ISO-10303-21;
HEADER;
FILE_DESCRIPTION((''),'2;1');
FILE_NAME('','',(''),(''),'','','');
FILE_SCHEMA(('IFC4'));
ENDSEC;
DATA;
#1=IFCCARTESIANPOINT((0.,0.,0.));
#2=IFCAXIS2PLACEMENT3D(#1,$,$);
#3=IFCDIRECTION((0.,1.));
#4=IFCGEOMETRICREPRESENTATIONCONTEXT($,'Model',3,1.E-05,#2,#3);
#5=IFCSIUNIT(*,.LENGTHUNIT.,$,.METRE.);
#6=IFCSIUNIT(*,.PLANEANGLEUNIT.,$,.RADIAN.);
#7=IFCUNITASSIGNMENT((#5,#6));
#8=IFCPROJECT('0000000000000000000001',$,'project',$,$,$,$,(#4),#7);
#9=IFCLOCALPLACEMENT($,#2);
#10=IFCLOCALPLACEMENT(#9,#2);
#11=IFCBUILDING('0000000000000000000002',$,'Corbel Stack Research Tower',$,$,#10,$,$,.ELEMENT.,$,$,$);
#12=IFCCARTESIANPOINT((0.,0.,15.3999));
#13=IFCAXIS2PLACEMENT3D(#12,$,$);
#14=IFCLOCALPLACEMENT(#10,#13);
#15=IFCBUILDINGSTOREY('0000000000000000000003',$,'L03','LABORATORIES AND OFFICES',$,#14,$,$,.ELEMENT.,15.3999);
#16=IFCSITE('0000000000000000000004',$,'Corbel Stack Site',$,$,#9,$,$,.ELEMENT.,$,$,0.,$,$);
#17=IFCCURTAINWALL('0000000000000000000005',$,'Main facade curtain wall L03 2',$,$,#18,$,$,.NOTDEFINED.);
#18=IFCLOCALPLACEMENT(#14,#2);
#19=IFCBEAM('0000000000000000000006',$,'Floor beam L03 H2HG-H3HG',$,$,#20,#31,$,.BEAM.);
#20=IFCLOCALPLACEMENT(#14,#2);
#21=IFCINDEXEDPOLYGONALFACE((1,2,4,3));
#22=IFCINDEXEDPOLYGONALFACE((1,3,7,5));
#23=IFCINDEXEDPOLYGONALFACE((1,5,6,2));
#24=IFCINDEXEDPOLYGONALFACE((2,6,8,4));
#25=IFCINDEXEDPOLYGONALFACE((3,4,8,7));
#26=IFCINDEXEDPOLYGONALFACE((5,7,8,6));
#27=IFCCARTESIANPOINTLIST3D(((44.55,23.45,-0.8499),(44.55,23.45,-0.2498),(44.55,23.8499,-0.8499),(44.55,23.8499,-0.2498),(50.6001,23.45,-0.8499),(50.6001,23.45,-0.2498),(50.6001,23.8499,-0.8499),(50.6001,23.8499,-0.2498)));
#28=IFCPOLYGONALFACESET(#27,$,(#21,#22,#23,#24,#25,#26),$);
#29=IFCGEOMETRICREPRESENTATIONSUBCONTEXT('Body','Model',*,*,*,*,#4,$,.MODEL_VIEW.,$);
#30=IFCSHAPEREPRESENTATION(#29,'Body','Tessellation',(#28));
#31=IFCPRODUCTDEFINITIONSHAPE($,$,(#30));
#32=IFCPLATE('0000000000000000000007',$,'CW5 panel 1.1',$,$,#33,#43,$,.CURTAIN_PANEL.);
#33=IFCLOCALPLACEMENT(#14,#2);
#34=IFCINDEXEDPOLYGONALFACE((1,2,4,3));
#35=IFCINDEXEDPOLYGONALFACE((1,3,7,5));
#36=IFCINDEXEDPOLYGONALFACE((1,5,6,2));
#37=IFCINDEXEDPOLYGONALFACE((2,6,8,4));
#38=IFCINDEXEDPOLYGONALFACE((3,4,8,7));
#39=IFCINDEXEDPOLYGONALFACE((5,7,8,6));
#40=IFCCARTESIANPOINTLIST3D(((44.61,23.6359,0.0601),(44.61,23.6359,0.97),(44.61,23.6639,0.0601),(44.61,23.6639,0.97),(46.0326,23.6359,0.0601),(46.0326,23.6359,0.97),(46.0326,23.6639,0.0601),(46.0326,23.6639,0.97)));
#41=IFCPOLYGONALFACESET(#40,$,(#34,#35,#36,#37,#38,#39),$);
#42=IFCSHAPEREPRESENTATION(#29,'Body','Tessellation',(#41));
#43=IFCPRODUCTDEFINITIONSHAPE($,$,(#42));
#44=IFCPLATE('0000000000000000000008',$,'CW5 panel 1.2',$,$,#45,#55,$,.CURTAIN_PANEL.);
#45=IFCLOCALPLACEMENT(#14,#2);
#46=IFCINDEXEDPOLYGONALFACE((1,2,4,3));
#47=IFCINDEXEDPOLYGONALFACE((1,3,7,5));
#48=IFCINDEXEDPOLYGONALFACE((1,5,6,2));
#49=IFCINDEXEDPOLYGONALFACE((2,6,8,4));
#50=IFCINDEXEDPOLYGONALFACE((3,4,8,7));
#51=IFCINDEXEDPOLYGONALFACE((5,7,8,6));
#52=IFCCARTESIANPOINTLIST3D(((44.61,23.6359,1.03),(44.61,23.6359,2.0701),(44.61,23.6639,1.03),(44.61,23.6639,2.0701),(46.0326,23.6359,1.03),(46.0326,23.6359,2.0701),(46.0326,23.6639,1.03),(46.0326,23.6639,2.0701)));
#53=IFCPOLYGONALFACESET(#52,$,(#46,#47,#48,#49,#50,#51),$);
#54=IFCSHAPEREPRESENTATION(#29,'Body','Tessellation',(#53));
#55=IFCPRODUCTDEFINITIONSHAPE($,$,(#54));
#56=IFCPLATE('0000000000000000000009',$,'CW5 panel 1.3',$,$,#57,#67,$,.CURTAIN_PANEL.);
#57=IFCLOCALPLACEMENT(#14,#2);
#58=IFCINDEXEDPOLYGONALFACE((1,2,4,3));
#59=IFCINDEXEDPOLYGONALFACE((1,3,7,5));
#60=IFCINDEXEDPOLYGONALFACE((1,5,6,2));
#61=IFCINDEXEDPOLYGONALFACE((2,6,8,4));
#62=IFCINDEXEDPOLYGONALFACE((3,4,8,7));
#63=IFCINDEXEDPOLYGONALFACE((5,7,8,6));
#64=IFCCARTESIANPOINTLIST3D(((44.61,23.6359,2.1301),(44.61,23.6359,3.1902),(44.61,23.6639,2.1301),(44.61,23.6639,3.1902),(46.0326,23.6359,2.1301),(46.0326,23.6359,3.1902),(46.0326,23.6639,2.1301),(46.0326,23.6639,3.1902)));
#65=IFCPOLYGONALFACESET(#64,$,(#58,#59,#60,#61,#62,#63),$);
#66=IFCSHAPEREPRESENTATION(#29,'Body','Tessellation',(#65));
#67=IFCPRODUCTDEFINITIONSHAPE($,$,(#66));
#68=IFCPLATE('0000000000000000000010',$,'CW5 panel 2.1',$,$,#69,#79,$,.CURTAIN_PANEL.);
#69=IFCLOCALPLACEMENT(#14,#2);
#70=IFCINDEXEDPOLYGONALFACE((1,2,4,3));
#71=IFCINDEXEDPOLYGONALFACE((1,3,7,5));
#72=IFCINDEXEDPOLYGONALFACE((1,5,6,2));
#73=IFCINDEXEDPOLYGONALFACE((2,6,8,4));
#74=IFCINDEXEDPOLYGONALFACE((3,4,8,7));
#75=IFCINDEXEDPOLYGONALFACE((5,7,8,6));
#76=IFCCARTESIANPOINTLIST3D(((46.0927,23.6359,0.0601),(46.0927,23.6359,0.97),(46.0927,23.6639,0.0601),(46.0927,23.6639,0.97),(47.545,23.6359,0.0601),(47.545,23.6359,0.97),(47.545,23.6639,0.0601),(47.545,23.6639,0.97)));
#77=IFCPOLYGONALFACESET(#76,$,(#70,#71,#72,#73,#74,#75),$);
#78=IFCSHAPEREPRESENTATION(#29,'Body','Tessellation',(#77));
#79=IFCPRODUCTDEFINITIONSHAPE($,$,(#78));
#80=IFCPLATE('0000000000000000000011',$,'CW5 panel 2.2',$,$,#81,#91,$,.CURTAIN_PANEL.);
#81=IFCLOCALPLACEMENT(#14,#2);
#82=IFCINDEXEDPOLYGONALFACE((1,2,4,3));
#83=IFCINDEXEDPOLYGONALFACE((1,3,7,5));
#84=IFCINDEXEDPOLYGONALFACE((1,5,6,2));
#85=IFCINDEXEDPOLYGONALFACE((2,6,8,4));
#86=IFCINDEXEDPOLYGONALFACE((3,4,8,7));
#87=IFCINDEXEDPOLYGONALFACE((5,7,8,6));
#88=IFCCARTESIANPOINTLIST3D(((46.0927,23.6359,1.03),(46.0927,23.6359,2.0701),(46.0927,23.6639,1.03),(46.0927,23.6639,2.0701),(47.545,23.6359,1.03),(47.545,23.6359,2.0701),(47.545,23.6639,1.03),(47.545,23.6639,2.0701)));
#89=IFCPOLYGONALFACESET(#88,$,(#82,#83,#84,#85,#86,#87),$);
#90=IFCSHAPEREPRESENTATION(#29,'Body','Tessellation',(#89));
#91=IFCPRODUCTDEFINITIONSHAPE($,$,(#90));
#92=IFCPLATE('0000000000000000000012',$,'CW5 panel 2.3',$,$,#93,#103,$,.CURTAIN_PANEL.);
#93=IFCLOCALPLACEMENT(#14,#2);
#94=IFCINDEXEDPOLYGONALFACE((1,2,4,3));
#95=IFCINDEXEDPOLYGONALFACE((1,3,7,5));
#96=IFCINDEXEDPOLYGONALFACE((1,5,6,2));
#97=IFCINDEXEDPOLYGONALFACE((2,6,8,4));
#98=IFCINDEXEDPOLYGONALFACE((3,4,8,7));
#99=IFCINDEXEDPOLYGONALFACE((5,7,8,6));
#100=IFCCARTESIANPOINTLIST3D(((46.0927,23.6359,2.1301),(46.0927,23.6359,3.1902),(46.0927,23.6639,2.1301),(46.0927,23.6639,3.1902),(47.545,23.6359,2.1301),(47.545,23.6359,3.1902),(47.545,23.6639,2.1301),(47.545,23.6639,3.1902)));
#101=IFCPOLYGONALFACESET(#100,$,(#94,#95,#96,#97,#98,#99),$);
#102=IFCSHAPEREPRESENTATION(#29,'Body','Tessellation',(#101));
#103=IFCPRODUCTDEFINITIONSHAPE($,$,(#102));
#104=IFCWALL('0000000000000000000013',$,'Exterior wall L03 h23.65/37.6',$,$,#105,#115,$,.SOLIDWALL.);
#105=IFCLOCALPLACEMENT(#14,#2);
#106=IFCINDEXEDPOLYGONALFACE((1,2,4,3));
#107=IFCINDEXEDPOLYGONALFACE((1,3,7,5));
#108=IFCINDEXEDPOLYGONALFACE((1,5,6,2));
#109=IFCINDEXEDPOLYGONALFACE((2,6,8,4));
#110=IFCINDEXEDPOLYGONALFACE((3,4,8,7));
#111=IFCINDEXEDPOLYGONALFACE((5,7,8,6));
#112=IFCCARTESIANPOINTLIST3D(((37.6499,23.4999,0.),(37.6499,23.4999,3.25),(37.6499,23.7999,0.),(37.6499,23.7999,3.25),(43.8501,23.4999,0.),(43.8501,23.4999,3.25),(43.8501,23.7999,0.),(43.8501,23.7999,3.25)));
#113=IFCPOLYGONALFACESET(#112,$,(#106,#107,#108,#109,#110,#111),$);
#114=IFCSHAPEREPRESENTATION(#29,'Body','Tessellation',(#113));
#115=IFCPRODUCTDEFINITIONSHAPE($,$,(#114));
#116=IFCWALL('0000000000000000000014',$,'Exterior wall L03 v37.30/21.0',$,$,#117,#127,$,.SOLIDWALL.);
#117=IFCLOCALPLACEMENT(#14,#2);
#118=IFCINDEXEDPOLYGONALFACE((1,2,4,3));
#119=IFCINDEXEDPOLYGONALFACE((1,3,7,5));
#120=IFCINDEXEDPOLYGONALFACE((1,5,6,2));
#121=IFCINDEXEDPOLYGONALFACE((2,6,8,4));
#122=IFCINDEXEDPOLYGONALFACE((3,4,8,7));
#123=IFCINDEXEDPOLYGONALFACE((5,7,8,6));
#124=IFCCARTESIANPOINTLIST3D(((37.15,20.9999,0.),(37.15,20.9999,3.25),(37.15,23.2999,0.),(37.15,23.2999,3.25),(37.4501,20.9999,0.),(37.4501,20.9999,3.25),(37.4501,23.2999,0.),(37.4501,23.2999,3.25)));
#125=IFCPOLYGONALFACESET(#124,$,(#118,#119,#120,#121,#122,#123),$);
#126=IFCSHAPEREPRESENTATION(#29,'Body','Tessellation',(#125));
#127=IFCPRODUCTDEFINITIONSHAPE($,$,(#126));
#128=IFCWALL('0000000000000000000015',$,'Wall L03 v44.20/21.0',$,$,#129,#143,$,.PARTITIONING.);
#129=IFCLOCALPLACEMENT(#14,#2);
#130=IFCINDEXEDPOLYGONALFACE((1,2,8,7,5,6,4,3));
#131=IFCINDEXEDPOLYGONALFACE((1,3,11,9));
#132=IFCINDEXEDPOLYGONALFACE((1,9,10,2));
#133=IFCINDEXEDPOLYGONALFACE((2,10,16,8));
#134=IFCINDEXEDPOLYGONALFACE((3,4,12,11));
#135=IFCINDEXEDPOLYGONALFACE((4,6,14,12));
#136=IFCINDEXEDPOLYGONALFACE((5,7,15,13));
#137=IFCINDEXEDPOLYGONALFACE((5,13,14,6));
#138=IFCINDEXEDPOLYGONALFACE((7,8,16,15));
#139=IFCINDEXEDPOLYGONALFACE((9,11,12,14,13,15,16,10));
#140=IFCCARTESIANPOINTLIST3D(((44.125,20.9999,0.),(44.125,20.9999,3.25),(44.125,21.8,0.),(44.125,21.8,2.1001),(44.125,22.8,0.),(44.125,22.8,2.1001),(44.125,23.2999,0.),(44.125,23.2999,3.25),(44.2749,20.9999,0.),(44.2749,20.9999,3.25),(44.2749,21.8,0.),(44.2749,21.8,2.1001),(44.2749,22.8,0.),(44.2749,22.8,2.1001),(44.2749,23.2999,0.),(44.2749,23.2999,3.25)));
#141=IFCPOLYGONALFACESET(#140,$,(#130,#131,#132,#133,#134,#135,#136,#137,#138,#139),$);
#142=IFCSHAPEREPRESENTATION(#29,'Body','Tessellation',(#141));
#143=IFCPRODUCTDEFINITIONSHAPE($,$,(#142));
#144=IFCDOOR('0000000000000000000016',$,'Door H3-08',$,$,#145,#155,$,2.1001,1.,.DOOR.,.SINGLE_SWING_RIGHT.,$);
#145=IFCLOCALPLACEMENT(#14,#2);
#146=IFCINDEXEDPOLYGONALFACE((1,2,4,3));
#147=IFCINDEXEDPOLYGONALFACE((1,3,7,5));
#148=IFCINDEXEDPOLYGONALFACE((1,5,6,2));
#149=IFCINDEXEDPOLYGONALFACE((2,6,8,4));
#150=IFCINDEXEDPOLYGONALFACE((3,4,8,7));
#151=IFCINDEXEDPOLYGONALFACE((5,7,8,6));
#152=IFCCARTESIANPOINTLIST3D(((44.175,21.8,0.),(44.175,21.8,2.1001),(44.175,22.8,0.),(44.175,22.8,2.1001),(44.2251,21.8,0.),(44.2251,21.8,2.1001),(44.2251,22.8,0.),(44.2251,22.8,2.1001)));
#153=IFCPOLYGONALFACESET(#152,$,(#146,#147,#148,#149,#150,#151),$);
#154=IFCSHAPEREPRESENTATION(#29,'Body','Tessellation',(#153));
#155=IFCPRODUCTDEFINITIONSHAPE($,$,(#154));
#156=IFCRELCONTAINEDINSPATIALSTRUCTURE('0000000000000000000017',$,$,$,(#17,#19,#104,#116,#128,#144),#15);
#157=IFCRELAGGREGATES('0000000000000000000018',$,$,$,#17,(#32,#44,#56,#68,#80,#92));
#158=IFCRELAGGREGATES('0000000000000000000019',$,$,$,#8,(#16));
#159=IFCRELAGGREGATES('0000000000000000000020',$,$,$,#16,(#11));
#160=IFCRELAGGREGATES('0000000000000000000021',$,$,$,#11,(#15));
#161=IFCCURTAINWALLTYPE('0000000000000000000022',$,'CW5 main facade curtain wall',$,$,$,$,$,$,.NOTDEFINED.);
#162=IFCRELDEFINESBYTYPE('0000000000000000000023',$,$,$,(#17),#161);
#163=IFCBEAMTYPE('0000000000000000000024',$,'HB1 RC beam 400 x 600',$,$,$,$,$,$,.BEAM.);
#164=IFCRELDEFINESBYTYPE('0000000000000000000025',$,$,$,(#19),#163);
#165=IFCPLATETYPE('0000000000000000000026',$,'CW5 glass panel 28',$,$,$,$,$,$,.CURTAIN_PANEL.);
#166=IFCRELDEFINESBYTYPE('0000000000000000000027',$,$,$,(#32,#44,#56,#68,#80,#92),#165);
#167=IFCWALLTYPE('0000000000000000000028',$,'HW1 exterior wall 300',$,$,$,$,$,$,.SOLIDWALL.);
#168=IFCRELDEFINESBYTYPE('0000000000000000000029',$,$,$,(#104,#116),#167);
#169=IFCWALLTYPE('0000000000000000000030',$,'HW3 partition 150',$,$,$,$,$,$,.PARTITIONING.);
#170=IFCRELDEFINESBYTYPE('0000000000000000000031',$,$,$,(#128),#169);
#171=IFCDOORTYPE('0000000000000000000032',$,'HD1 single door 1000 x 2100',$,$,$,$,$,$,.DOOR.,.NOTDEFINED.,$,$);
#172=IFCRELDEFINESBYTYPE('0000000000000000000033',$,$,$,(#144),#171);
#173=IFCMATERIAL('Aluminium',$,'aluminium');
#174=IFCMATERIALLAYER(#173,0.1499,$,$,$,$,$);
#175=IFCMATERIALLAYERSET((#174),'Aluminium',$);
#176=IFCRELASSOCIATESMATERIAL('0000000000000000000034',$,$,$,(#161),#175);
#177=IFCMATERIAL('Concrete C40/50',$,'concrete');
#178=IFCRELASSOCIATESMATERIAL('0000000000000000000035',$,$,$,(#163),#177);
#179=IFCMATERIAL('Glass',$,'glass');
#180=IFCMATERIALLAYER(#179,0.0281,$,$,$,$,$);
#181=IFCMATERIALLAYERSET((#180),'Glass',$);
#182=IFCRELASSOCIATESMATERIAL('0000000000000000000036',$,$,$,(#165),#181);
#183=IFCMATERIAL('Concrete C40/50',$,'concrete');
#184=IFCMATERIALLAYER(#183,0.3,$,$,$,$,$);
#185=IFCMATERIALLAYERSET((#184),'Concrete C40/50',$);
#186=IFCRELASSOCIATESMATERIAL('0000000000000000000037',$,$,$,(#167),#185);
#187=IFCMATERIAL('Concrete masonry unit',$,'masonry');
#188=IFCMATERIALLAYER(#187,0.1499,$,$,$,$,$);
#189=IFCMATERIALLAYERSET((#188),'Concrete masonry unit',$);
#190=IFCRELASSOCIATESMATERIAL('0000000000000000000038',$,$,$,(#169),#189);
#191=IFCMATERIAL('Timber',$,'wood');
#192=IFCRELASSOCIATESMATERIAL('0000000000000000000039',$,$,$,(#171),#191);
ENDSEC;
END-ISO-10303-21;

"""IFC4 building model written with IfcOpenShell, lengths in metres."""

from ifc_helpers import new_model, si_unit, direction, frame, frame_2d, origin, origin_2d, place, context, subcontext, project, spatial, rectangle, extrude, material, layer, layer_set, material_profile, profile_set, type_object, element, fill, aggregate, save


model = new_model("IFC4")

# Units and contexts
model_context = context("Model", 3, precision=1e-05, world=origin(), true_north=direction((0.0, 1.0)))
body_context = subcontext(model_context, "Body", "Model", "MODEL_VIEW")
ifc_project = project(units=[si_unit("LENGTHUNIT", "METRE"), si_unit("PLANEANGLEUNIT", "RADIAN")], contexts=[model_context])

# Site, building, storey
site_placement = place(None, origin())
site = spatial("IfcSite", under=ifc_project, at=site_placement, Name="Corbel Stack Site", CompositionType="ELEMENT", RefElevation=0.0)
building_placement = place(site_placement, origin())
building = spatial("IfcBuilding", under=site, at=building_placement, Name="Corbel Stack Research Tower", CompositionType="ELEMENT")
storey_placement = place(building_placement, frame((0.0, 0.0, 15.3999)))
storey = spatial("IfcBuildingStorey", under=building, at=storey_placement, Name="L03", Description="LABORATORIES AND OFFICES", CompositionType="ELEMENT", Elevation=15.3999)

# Curtain wall
ifc_material_1 = material(Name="Aluminium", Category="aluminium")
ifc_layer_1 = layer(ifc_material_1, 0.1499)
ifc_layer_set_1 = layer_set([ifc_layer_1], Name="Aluminium")
curtain_wall_type = type_object("IfcCurtainWallType", Name="CW5 main facade curtain wall", PredefinedType="NOTDEFINED", material=ifc_layer_set_1)
curtain_wall_placement = place(storey_placement, origin())
curtain_wall = element("IfcCurtainWall", 1, at=curtain_wall_placement, inside=storey, type_object=curtain_wall_type, Name="Main facade curtain wall L03 2", PredefinedType="NOTDEFINED")

# Beam
ifc_material_2 = material(Name="Concrete C40/50", Category="concrete")
ifc_material_profile_1 = material_profile(ifc_material_2, rectangle(XDim=0.3999, YDim=0.6001, at=origin_2d()), Name="RC 400 x 600")
ifc_profile_set_1 = profile_set([ifc_material_profile_1], Name="Concrete C40/50")
beam_type = type_object("IfcBeamType", Name="HB1 RC beam 400 x 600", PredefinedType="BEAM", material=ifc_profile_set_1)
beam_1_placement = place(storey_placement, frame((44.55, 23.6499, -0.5498), z_axis=(1.0, 0.0, 0.0), x_axis=(0.0, 1.0, 0.0)))
element("IfcBeam", 2, at=beam_1_placement, inside=storey, type_object=beam_type, Name="Floor beam L03 H2HG-H3HG", PredefinedType="BEAM", context=body_context, shape_type="SweptSolid", body=[
    extrude(rectangle(XDim=0.3999, YDim=0.6001, at=origin_2d()), origin(), (0.0, 0.0, 1.0), 6.05),
])

# Plates
ifc_material_3 = material(Name="Glass", Category="glass")
ifc_layer_2 = layer(ifc_material_3, 0.0281)
ifc_layer_set_2 = layer_set([ifc_layer_2], Name="Glass")
plate_type = type_object("IfcPlateType", Name="CW5 glass panel 28", PredefinedType="CURTAIN_PANEL", material=ifc_layer_set_2)
plate_1_placement = place(storey_placement, frame((45.3213, 23.6499, 0.0601), z_axis=(0.0, 0.0, 1.0), x_axis=(1.0, 0.0, 0.0)))
plate_1 = element("IfcPlate", 3, at=plate_1_placement, type_object=plate_type, Name="CW5 panel 1.1", PredefinedType="CURTAIN_PANEL", context=body_context, shape_type="SweptSolid", body=[
    extrude(rectangle(XDim=1.4226, YDim=0.0281, at=origin_2d()), origin(), (0.0, 0.0, 1.0), 0.9099),
])
plate_2_placement = place(storey_placement, frame((45.3213, 23.6499, 1.03), z_axis=(0.0, 0.0, 1.0), x_axis=(1.0, 0.0, 0.0)))
plate_2 = element("IfcPlate", 4, at=plate_2_placement, type_object=plate_type, Name="CW5 panel 1.2", PredefinedType="CURTAIN_PANEL", context=body_context, shape_type="SweptSolid", body=[
    extrude(rectangle(XDim=1.4226, YDim=0.0281, at=origin_2d()), origin(), (0.0, 0.0, 1.0), 1.04),
])
plate_3_placement = place(storey_placement, frame((45.3213, 23.6499, 2.1301), z_axis=(0.0, 0.0, 1.0), x_axis=(1.0, 0.0, 0.0)))
plate_3 = element("IfcPlate", 5, at=plate_3_placement, type_object=plate_type, Name="CW5 panel 1.3", PredefinedType="CURTAIN_PANEL", context=body_context, shape_type="SweptSolid", body=[
    extrude(rectangle(XDim=1.4226, YDim=0.0281, at=origin_2d()), origin(), (0.0, 0.0, 1.0), 1.0601),
])
plate_4_placement = place(storey_placement, frame((46.8188, 23.6499, 0.0601), z_axis=(0.0, 0.0, 1.0), x_axis=(1.0, 0.0, 0.0)))
plate_4 = element("IfcPlate", 6, at=plate_4_placement, type_object=plate_type, Name="CW5 panel 2.1", PredefinedType="CURTAIN_PANEL", context=body_context, shape_type="SweptSolid", body=[
    extrude(rectangle(XDim=1.4524, YDim=0.0281, at=origin_2d()), origin(), (0.0, 0.0, 1.0), 0.9099),
])
plate_5_placement = place(storey_placement, frame((46.8188, 23.6499, 1.03), z_axis=(0.0, 0.0, 1.0), x_axis=(1.0, 0.0, 0.0)))
plate_5 = element("IfcPlate", 7, at=plate_5_placement, type_object=plate_type, Name="CW5 panel 2.2", PredefinedType="CURTAIN_PANEL", context=body_context, shape_type="SweptSolid", body=[
    extrude(rectangle(XDim=1.4524, YDim=0.0281, at=origin_2d()), origin(), (0.0, 0.0, 1.0), 1.04),
])
plate_6_placement = place(storey_placement, frame((46.8188, 23.6499, 2.1301), z_axis=(0.0, 0.0, 1.0), x_axis=(1.0, 0.0, 0.0)))
plate_6 = element("IfcPlate", 8, at=plate_6_placement, type_object=plate_type, Name="CW5 panel 2.3", PredefinedType="CURTAIN_PANEL", context=body_context, shape_type="SweptSolid", body=[
    extrude(rectangle(XDim=1.4524, YDim=0.0281, at=origin_2d()), origin(), (0.0, 0.0, 1.0), 1.0601),
])
aggregate(curtain_wall, [plate_1, plate_2, plate_3, plate_4, plate_5, plate_6])

# Walls
ifc_material_4 = material(Name="Concrete C40/50", Category="concrete")
ifc_layer_3 = layer(ifc_material_4, 0.3)
ifc_layer_set_3 = layer_set([ifc_layer_3], Name="Concrete C40/50")
wall_type_1 = type_object("IfcWallType", Name="HW1 exterior wall 300", PredefinedType="SOLIDWALL", material=ifc_layer_set_3)
wall_1_placement = place(storey_placement, frame((37.6499, 23.6499, 0.0), z_axis=(0.0, 0.0, 1.0), x_axis=(1.0, 0.0, 0.0)))
element("IfcWall", 9, at=wall_1_placement, inside=storey, type_object=wall_type_1, Name="Exterior wall L03 h23.65/37.6", PredefinedType="SOLIDWALL", context=body_context, shape_type="SweptSolid", body=[
    extrude(rectangle(XDim=6.2002, YDim=0.3, at=frame_2d((3.1001, 0.0))), origin(), (0.0, 0.0, 1.0), 3.25),
])
wall_2_placement = place(storey_placement, frame((37.3, 21.0, 0.0), z_axis=(0.0, 0.0, 1.0), x_axis=(0.0, 1.0, 0.0)))
element("IfcWall", 10, at=wall_2_placement, inside=storey, type_object=wall_type_1, Name="Exterior wall L03 v37.30/21.0", PredefinedType="SOLIDWALL", context=body_context, shape_type="SweptSolid", body=[
    extrude(rectangle(XDim=2.3, YDim=0.3, at=frame_2d((1.1499, 0.0))), origin(), (0.0, 0.0, 1.0), 3.25),
])

# Wall, opening, door
ifc_material_5 = material(Name="Concrete masonry unit", Category="masonry")
ifc_layer_4 = layer(ifc_material_5, 0.1499)
ifc_layer_set_4 = layer_set([ifc_layer_4], Name="Concrete masonry unit")
wall_type_2 = type_object("IfcWallType", Name="HW3 partition 150", PredefinedType="PARTITIONING", material=ifc_layer_set_4)
wall_3_placement = place(storey_placement, frame((44.2, 21.0, 0.0), z_axis=(0.0, 0.0, 1.0), x_axis=(0.0, 1.0, 0.0)))
wall_3 = element("IfcWall", 11, at=wall_3_placement, inside=storey, type_object=wall_type_2, Name="Wall L03 v44.20/21.0", PredefinedType="PARTITIONING", context=body_context, shape_type="SweptSolid", body=[
    extrude(rectangle(XDim=2.3, YDim=0.1499, at=frame_2d((1.1499, 0.0))), origin(), (0.0, 0.0, 1.0), 3.25),
])
opening_placement = place(wall_3_placement, frame((0.8, 0.0, 0.0)))
opening = element("IfcOpeningElement", 12, at=opening_placement, cuts=wall_3, PredefinedType="OPENING", context=body_context, shape_type="SweptSolid", body=[
    extrude(rectangle(XDim=1.0, YDim=2.1001, at=frame_2d((0.5, 1.05))), frame((0.0, 0.085, 0.0), z_axis=(0.0, -1.0, 0.0), x_axis=(1.0, 0.0, 0.0)), (0.0, 0.0, 1.0), 0.1699),
])
ifc_material_6 = material(Name="Timber", Category="wood")
door_type = type_object("IfcDoorType", Name="HD1 single door 1000 x 2100", OperationType="NOTDEFINED", PredefinedType="DOOR", material=ifc_material_6)
door_placement = place(opening_placement, origin())
door = element("IfcDoor", 13, at=door_placement, inside=storey, type_object=door_type, Name="Door H3-08", OperationType="SINGLE_SWING_RIGHT", OverallHeight=2.1001, OverallWidth=1.0, PredefinedType="DOOR", context=body_context, shape_type="SweptSolid", body=[
    extrude(rectangle(XDim=1.0, YDim=2.1001, at=frame_2d((0.5, 1.05))), frame((0.0, 0.0249, 0.0), z_axis=(0.0, -1.0, 0.0), x_axis=(1.0, 0.0, 0.0)), (0.0, 0.0, 1.0), 0.05),
])
fill(opening, door)

save(model, "model.ifc")
